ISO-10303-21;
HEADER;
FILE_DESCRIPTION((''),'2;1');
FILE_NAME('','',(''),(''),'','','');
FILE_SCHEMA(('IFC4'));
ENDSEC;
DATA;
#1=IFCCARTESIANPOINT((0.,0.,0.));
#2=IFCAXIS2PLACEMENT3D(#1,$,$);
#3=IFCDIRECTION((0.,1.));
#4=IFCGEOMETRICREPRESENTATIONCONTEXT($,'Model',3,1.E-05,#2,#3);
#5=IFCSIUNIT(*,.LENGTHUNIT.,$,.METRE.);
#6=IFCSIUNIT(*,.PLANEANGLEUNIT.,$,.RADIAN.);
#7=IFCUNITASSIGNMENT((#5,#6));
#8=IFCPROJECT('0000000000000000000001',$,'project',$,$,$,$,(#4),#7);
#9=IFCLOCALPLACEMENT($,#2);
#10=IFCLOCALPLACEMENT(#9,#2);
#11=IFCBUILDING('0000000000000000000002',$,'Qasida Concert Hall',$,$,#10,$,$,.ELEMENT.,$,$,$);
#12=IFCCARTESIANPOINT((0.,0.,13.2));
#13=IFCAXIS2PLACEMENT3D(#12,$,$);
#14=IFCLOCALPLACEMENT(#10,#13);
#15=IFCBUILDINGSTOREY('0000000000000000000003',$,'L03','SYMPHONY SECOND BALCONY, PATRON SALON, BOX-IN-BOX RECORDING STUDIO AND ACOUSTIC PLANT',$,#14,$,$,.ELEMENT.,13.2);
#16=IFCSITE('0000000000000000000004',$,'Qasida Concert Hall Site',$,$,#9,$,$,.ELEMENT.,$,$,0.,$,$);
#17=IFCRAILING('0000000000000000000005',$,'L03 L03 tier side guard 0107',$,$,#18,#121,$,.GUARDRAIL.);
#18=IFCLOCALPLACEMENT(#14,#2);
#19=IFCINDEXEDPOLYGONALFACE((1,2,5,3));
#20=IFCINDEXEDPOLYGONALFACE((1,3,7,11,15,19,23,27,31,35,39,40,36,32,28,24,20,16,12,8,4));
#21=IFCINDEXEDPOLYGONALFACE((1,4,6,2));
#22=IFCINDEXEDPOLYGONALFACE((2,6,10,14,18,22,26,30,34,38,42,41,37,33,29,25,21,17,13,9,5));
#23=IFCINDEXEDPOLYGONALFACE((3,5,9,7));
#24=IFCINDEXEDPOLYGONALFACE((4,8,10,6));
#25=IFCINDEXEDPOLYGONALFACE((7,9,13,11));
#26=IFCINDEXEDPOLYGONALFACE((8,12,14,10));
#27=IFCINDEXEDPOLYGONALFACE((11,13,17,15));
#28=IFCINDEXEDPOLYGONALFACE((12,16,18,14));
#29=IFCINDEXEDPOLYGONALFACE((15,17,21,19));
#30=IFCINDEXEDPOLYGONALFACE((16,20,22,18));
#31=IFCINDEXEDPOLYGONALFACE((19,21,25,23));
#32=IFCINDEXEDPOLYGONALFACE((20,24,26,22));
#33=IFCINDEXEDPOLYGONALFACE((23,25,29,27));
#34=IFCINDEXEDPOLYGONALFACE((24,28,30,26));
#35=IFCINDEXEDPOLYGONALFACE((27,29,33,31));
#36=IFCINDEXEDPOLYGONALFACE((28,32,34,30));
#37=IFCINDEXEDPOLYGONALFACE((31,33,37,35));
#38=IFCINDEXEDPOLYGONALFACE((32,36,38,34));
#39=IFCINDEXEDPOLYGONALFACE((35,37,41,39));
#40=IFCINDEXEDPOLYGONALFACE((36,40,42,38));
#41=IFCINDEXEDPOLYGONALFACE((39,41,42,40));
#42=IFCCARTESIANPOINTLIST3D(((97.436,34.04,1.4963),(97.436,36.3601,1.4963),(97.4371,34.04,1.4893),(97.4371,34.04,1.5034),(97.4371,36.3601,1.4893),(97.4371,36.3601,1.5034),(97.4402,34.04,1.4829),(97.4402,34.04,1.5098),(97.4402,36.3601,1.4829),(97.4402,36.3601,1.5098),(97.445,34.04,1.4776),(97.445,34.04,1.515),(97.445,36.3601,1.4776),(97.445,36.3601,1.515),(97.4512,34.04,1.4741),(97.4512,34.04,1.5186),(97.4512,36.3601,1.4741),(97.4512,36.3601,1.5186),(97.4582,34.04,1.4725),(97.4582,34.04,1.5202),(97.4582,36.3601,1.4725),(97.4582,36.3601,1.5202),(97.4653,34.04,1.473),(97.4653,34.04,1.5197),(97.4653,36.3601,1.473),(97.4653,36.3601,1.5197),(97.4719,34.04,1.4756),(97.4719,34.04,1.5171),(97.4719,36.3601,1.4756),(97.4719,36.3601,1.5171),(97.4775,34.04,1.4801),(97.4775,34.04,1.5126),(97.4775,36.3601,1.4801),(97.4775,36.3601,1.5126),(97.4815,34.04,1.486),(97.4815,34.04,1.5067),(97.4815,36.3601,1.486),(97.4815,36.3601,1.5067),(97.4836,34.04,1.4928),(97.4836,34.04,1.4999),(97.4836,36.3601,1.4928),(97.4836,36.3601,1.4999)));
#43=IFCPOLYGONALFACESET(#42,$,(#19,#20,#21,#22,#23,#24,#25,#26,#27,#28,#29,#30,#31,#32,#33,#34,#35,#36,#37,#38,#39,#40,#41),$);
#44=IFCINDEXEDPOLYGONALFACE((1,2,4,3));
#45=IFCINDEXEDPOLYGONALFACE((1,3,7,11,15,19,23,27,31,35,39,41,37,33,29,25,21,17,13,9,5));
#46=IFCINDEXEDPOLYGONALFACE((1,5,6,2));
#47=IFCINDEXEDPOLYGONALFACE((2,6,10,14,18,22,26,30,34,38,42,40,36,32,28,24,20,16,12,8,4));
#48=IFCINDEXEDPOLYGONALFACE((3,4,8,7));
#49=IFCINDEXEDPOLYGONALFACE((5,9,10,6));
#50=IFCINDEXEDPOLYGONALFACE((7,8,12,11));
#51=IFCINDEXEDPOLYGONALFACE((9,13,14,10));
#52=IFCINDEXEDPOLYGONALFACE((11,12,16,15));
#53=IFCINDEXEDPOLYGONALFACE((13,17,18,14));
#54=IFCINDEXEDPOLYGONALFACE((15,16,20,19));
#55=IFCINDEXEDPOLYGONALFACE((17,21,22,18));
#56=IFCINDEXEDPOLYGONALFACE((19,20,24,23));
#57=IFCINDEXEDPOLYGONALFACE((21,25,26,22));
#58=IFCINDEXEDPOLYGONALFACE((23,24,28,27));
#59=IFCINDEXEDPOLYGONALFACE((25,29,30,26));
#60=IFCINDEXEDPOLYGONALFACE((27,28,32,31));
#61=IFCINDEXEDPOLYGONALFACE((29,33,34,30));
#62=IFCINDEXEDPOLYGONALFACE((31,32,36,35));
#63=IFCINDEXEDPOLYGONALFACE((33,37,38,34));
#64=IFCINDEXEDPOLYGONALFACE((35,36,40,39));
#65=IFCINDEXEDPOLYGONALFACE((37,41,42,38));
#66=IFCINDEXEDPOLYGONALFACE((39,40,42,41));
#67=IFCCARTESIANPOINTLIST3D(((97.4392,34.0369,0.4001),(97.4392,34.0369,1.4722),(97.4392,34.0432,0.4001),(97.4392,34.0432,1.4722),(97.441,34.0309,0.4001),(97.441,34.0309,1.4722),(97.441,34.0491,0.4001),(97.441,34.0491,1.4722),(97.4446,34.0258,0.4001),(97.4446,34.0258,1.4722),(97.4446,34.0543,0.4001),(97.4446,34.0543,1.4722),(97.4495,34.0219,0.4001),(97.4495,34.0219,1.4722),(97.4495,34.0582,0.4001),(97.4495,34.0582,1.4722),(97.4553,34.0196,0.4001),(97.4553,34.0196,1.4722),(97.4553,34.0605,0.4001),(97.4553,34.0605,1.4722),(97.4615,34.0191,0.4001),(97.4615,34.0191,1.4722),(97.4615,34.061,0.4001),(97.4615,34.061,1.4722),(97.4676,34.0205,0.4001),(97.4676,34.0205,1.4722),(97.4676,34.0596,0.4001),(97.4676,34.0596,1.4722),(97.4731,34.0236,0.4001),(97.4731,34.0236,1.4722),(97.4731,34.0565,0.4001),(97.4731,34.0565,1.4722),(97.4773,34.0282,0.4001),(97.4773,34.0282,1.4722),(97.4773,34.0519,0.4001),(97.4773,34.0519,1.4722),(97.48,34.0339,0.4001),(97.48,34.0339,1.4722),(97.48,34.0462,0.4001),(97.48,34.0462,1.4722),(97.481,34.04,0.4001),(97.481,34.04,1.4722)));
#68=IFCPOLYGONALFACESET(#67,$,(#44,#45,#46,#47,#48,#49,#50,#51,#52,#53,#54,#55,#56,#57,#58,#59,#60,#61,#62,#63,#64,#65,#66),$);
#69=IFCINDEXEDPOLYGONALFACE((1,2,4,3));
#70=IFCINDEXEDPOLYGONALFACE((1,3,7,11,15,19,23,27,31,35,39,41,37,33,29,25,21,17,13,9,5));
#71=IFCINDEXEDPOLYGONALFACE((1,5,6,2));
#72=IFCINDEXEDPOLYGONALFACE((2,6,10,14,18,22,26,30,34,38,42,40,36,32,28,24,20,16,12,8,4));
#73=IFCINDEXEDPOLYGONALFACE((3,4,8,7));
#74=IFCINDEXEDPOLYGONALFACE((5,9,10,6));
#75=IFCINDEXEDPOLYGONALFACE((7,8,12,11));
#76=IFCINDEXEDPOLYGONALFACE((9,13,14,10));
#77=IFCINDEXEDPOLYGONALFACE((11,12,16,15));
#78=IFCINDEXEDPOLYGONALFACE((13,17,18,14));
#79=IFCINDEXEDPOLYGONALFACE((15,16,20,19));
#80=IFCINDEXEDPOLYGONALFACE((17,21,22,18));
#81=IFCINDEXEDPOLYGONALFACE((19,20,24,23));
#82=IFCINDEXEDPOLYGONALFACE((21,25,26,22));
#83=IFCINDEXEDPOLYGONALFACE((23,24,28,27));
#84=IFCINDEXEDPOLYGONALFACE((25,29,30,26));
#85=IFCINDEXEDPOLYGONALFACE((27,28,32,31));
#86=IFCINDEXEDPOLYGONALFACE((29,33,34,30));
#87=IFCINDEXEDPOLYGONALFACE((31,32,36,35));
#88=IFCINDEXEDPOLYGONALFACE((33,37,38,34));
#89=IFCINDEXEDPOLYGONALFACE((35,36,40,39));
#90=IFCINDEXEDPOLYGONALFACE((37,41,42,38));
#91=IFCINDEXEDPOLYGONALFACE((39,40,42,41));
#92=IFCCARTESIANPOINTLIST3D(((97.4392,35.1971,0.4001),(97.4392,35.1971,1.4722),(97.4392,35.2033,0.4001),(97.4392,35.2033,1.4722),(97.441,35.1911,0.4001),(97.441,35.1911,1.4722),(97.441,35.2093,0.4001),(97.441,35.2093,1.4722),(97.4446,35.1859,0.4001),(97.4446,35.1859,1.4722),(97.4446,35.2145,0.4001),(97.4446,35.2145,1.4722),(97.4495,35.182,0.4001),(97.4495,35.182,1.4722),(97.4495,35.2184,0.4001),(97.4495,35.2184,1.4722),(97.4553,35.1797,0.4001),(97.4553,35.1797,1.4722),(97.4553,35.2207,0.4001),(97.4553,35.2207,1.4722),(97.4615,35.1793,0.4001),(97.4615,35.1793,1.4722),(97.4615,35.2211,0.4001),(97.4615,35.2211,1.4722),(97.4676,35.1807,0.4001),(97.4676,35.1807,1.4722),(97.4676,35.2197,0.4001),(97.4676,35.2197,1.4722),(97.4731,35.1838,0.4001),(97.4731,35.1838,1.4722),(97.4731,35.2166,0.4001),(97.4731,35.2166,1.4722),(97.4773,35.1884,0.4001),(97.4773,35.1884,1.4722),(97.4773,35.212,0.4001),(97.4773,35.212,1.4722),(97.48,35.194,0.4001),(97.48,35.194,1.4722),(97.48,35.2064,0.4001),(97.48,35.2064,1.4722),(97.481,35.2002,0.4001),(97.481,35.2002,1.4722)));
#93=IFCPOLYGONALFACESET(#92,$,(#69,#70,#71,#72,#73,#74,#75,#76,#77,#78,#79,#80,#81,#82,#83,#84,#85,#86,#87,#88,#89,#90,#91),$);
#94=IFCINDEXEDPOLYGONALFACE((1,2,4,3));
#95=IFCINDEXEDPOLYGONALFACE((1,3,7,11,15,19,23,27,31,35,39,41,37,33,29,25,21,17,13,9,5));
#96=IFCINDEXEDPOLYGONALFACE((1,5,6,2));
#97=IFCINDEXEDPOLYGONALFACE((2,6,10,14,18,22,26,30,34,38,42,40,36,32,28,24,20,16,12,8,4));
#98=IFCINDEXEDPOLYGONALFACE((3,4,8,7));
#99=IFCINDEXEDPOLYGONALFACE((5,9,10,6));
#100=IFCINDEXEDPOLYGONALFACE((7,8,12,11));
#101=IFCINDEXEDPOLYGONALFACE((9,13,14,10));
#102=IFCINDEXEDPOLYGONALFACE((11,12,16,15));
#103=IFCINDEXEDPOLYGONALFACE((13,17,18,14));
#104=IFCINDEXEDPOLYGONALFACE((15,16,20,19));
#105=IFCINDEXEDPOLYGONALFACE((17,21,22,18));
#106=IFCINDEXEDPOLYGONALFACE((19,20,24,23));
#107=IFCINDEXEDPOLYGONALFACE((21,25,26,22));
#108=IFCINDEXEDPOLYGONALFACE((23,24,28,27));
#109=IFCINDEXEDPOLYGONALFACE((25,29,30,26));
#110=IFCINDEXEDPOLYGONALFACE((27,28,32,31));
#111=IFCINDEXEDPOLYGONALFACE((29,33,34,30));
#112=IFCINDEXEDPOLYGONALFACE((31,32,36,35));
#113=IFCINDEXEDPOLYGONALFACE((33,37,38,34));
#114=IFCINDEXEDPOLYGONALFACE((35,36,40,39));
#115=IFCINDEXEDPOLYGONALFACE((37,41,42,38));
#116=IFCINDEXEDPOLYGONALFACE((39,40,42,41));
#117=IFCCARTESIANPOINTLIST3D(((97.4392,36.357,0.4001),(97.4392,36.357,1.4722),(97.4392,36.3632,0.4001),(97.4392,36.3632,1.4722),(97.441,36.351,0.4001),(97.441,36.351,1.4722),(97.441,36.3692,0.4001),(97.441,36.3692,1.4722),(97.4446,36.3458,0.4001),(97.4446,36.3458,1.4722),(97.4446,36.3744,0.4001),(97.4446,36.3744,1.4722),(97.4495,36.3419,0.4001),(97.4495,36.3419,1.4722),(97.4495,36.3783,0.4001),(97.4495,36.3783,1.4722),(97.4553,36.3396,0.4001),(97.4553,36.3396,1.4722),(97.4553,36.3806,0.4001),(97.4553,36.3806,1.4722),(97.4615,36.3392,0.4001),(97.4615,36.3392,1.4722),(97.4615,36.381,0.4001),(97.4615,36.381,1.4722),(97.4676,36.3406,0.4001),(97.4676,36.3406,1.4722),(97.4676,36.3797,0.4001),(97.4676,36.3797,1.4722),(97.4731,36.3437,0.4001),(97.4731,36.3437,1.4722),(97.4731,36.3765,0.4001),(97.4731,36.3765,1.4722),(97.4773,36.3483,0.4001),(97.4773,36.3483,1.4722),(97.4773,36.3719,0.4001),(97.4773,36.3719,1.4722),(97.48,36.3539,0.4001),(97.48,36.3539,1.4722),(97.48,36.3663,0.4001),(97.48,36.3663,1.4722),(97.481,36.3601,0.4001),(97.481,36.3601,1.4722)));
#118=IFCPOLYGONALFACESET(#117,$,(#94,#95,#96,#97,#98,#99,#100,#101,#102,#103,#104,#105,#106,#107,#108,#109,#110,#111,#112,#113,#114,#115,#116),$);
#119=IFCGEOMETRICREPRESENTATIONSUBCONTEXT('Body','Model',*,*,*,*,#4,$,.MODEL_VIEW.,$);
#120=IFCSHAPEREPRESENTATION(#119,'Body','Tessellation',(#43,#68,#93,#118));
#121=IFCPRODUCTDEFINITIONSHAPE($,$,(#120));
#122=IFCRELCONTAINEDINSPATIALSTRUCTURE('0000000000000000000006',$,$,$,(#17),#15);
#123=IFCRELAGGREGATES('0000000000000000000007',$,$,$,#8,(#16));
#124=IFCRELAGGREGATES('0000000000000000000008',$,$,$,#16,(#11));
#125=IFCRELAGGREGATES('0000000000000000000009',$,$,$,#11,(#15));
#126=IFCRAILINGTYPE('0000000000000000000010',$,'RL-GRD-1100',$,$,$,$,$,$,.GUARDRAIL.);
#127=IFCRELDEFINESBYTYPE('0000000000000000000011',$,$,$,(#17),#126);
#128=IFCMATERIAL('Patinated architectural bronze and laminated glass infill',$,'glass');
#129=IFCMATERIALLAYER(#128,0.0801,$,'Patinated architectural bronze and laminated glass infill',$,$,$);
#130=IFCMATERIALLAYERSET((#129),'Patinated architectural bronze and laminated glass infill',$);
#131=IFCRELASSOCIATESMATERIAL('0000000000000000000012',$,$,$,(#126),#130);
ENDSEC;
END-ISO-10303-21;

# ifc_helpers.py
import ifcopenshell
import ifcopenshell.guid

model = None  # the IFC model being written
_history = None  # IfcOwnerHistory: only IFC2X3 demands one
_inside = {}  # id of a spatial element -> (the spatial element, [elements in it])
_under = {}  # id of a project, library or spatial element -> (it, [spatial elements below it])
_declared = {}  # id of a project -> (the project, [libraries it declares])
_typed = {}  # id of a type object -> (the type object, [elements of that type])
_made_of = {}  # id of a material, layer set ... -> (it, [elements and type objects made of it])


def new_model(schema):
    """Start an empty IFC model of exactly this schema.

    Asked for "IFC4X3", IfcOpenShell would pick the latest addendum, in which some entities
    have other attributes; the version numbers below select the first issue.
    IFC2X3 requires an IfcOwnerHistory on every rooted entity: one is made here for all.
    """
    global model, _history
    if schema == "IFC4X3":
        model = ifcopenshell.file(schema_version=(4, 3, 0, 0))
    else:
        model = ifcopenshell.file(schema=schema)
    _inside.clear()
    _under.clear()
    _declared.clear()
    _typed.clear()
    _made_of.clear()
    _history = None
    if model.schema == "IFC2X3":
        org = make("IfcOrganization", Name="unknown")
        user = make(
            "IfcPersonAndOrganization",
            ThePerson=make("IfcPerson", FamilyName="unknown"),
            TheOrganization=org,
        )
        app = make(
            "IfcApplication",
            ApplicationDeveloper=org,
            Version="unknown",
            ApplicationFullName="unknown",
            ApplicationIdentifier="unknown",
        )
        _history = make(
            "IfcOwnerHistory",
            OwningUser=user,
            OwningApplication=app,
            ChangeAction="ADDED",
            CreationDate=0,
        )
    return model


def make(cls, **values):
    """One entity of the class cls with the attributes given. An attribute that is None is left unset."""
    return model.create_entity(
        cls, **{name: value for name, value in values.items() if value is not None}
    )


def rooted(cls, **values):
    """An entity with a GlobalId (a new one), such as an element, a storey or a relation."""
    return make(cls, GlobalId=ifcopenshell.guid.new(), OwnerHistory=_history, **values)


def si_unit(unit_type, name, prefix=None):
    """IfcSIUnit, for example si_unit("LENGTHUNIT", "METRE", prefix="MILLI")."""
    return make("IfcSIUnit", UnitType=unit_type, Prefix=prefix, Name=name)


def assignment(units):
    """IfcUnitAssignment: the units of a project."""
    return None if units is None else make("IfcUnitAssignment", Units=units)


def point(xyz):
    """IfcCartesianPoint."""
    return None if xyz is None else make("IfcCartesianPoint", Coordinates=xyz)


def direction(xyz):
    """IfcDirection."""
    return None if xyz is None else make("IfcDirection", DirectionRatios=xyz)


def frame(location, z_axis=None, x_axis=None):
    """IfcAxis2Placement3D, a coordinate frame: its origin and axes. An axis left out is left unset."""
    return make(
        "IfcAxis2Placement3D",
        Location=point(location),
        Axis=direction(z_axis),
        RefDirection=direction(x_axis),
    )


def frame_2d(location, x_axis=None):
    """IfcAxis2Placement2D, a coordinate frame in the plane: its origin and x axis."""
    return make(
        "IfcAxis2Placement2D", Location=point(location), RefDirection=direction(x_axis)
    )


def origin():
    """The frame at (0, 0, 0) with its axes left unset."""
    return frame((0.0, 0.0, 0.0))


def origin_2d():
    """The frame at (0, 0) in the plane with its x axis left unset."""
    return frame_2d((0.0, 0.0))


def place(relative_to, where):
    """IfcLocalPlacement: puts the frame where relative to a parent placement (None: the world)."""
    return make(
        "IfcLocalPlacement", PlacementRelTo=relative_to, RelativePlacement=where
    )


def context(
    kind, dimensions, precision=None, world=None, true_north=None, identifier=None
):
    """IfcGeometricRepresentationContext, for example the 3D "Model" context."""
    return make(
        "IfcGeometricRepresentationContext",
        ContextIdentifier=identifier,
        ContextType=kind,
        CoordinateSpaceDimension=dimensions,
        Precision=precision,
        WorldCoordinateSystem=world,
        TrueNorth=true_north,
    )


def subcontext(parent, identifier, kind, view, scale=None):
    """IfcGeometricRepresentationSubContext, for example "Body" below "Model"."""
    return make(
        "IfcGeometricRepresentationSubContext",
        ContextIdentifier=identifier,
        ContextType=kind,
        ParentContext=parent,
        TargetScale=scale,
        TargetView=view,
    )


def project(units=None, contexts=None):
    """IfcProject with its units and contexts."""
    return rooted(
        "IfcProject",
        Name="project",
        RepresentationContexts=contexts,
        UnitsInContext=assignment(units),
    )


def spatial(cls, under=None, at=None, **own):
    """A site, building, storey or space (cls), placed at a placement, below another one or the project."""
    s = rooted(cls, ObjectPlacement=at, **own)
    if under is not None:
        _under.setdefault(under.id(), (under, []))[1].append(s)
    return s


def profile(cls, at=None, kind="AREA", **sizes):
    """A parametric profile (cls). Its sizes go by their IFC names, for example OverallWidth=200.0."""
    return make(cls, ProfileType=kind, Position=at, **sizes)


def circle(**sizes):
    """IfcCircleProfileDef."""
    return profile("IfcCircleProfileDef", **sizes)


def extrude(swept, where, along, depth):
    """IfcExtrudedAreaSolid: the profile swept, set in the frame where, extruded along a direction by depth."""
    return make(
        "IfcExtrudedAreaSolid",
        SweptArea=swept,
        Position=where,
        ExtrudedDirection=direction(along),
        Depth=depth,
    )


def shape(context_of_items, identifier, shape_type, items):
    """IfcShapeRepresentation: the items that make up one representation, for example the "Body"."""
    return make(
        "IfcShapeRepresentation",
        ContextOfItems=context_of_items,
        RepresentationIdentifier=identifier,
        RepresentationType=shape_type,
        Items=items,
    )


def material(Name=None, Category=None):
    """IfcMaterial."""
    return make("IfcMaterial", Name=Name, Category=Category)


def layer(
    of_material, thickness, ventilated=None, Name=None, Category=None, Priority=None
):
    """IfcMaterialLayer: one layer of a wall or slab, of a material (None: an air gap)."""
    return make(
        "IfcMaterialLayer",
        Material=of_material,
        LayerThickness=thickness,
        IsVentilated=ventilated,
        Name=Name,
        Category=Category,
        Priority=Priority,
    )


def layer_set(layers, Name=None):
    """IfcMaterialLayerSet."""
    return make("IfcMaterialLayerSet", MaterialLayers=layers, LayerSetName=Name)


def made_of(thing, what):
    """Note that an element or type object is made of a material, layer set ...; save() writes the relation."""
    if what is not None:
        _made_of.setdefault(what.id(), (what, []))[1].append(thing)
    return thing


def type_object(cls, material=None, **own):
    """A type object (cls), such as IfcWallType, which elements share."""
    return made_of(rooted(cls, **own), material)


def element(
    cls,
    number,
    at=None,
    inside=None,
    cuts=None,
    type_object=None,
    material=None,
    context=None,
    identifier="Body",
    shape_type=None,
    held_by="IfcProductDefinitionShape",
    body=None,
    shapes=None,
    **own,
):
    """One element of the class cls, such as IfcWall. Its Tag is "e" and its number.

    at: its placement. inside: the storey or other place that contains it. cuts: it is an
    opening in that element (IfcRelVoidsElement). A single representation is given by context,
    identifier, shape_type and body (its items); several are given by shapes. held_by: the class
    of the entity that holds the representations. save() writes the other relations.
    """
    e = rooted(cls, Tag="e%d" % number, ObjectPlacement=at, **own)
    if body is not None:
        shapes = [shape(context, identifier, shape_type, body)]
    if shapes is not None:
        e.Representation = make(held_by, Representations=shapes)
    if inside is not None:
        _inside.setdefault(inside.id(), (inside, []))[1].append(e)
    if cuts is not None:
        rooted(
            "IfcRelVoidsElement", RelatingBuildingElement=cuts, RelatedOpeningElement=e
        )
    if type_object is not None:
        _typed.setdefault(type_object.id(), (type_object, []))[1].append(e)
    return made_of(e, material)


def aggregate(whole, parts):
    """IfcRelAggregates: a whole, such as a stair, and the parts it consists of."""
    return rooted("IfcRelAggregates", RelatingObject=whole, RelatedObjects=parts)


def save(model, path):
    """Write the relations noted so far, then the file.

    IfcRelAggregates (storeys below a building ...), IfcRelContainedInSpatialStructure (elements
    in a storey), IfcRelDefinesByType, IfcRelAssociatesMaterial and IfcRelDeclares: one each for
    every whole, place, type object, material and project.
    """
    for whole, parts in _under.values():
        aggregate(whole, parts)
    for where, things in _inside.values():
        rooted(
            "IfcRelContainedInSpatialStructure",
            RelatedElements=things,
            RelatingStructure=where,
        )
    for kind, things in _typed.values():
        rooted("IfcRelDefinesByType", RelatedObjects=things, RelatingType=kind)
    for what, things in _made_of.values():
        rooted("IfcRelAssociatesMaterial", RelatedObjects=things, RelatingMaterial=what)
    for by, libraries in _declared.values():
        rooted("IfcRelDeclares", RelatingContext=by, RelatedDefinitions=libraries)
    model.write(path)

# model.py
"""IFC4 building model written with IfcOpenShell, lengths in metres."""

from ifc_helpers import new_model, si_unit, direction, frame, origin, origin_2d, place, context, subcontext, project, spatial, circle, extrude, material, layer, layer_set, type_object, element, save


model = new_model("IFC4")

# Units and contexts
model_context = context("Model", 3, precision=1e-05, world=origin(), true_north=direction((0.0, 1.0)))
body_context = subcontext(model_context, "Body", "Model", "MODEL_VIEW")
ifc_project = project(units=[si_unit("LENGTHUNIT", "METRE"), si_unit("PLANEANGLEUNIT", "RADIAN")], contexts=[model_context])

# Site, building, storey
site_placement = place(None, origin())
site = spatial("IfcSite", under=ifc_project, at=site_placement, Name="Qasida Concert Hall Site", CompositionType="ELEMENT", RefElevation=0.0)
building_placement = place(site_placement, origin())
building = spatial("IfcBuilding", under=site, at=building_placement, Name="Qasida Concert Hall", CompositionType="ELEMENT")
storey_placement = place(building_placement, frame((0.0, 0.0, 13.2)))
storey = spatial("IfcBuildingStorey", under=building, at=storey_placement, Name="L03", Description="SYMPHONY SECOND BALCONY, PATRON SALON, BOX-IN-BOX RECORDING STUDIO AND ACOUSTIC PLANT", CompositionType="ELEMENT", Elevation=13.2)

# Railing
ifc_material_1 = material(Name="Patinated architectural bronze and laminated glass infill", Category="glass")
ifc_layer_1 = layer(ifc_material_1, 0.0801, Name="Patinated architectural bronze and laminated glass infill")
ifc_layer_set_1 = layer_set([ifc_layer_1], Name="Patinated architectural bronze and laminated glass infill")
railing_type = type_object("IfcRailingType", Name="RL-GRD-1100", PredefinedType="GUARDRAIL", material=ifc_layer_set_1)
for number, where, name in (
    (1, (97.46, 34.04, 0.4001), "L03 L03 tier side guard 0107"),
):
    element("IfcRailing", number, at=place(storey_placement, frame(where)), inside=storey, type_object=railing_type, Name=name, PredefinedType="GUARDRAIL", context=body_context, shape_type="SweptSolid", body=[
        extrude(circle(Radius=0.0239, at=origin_2d()), frame((0.0, 0.0, 1.0962), z_axis=(0.0, 1.0, 0.0), x_axis=(-1.0, 0.0, 0.0)), (0.0, 0.0, 1.0), 2.3201),
        extrude(circle(Radius=0.021, at=origin_2d()), origin(), (0.0, 0.0, 1.0), 1.072),
        extrude(circle(Radius=0.021, at=origin_2d()), frame((0.0, 1.1602, 0.0)), (0.0, 0.0, 1.0), 1.072),
        extrude(circle(Radius=0.021, at=origin_2d()), frame((0.0, 2.3201, 0.0)), (0.0, 0.0, 1.0), 1.072),
    ])

save(model, "model.ifc")
